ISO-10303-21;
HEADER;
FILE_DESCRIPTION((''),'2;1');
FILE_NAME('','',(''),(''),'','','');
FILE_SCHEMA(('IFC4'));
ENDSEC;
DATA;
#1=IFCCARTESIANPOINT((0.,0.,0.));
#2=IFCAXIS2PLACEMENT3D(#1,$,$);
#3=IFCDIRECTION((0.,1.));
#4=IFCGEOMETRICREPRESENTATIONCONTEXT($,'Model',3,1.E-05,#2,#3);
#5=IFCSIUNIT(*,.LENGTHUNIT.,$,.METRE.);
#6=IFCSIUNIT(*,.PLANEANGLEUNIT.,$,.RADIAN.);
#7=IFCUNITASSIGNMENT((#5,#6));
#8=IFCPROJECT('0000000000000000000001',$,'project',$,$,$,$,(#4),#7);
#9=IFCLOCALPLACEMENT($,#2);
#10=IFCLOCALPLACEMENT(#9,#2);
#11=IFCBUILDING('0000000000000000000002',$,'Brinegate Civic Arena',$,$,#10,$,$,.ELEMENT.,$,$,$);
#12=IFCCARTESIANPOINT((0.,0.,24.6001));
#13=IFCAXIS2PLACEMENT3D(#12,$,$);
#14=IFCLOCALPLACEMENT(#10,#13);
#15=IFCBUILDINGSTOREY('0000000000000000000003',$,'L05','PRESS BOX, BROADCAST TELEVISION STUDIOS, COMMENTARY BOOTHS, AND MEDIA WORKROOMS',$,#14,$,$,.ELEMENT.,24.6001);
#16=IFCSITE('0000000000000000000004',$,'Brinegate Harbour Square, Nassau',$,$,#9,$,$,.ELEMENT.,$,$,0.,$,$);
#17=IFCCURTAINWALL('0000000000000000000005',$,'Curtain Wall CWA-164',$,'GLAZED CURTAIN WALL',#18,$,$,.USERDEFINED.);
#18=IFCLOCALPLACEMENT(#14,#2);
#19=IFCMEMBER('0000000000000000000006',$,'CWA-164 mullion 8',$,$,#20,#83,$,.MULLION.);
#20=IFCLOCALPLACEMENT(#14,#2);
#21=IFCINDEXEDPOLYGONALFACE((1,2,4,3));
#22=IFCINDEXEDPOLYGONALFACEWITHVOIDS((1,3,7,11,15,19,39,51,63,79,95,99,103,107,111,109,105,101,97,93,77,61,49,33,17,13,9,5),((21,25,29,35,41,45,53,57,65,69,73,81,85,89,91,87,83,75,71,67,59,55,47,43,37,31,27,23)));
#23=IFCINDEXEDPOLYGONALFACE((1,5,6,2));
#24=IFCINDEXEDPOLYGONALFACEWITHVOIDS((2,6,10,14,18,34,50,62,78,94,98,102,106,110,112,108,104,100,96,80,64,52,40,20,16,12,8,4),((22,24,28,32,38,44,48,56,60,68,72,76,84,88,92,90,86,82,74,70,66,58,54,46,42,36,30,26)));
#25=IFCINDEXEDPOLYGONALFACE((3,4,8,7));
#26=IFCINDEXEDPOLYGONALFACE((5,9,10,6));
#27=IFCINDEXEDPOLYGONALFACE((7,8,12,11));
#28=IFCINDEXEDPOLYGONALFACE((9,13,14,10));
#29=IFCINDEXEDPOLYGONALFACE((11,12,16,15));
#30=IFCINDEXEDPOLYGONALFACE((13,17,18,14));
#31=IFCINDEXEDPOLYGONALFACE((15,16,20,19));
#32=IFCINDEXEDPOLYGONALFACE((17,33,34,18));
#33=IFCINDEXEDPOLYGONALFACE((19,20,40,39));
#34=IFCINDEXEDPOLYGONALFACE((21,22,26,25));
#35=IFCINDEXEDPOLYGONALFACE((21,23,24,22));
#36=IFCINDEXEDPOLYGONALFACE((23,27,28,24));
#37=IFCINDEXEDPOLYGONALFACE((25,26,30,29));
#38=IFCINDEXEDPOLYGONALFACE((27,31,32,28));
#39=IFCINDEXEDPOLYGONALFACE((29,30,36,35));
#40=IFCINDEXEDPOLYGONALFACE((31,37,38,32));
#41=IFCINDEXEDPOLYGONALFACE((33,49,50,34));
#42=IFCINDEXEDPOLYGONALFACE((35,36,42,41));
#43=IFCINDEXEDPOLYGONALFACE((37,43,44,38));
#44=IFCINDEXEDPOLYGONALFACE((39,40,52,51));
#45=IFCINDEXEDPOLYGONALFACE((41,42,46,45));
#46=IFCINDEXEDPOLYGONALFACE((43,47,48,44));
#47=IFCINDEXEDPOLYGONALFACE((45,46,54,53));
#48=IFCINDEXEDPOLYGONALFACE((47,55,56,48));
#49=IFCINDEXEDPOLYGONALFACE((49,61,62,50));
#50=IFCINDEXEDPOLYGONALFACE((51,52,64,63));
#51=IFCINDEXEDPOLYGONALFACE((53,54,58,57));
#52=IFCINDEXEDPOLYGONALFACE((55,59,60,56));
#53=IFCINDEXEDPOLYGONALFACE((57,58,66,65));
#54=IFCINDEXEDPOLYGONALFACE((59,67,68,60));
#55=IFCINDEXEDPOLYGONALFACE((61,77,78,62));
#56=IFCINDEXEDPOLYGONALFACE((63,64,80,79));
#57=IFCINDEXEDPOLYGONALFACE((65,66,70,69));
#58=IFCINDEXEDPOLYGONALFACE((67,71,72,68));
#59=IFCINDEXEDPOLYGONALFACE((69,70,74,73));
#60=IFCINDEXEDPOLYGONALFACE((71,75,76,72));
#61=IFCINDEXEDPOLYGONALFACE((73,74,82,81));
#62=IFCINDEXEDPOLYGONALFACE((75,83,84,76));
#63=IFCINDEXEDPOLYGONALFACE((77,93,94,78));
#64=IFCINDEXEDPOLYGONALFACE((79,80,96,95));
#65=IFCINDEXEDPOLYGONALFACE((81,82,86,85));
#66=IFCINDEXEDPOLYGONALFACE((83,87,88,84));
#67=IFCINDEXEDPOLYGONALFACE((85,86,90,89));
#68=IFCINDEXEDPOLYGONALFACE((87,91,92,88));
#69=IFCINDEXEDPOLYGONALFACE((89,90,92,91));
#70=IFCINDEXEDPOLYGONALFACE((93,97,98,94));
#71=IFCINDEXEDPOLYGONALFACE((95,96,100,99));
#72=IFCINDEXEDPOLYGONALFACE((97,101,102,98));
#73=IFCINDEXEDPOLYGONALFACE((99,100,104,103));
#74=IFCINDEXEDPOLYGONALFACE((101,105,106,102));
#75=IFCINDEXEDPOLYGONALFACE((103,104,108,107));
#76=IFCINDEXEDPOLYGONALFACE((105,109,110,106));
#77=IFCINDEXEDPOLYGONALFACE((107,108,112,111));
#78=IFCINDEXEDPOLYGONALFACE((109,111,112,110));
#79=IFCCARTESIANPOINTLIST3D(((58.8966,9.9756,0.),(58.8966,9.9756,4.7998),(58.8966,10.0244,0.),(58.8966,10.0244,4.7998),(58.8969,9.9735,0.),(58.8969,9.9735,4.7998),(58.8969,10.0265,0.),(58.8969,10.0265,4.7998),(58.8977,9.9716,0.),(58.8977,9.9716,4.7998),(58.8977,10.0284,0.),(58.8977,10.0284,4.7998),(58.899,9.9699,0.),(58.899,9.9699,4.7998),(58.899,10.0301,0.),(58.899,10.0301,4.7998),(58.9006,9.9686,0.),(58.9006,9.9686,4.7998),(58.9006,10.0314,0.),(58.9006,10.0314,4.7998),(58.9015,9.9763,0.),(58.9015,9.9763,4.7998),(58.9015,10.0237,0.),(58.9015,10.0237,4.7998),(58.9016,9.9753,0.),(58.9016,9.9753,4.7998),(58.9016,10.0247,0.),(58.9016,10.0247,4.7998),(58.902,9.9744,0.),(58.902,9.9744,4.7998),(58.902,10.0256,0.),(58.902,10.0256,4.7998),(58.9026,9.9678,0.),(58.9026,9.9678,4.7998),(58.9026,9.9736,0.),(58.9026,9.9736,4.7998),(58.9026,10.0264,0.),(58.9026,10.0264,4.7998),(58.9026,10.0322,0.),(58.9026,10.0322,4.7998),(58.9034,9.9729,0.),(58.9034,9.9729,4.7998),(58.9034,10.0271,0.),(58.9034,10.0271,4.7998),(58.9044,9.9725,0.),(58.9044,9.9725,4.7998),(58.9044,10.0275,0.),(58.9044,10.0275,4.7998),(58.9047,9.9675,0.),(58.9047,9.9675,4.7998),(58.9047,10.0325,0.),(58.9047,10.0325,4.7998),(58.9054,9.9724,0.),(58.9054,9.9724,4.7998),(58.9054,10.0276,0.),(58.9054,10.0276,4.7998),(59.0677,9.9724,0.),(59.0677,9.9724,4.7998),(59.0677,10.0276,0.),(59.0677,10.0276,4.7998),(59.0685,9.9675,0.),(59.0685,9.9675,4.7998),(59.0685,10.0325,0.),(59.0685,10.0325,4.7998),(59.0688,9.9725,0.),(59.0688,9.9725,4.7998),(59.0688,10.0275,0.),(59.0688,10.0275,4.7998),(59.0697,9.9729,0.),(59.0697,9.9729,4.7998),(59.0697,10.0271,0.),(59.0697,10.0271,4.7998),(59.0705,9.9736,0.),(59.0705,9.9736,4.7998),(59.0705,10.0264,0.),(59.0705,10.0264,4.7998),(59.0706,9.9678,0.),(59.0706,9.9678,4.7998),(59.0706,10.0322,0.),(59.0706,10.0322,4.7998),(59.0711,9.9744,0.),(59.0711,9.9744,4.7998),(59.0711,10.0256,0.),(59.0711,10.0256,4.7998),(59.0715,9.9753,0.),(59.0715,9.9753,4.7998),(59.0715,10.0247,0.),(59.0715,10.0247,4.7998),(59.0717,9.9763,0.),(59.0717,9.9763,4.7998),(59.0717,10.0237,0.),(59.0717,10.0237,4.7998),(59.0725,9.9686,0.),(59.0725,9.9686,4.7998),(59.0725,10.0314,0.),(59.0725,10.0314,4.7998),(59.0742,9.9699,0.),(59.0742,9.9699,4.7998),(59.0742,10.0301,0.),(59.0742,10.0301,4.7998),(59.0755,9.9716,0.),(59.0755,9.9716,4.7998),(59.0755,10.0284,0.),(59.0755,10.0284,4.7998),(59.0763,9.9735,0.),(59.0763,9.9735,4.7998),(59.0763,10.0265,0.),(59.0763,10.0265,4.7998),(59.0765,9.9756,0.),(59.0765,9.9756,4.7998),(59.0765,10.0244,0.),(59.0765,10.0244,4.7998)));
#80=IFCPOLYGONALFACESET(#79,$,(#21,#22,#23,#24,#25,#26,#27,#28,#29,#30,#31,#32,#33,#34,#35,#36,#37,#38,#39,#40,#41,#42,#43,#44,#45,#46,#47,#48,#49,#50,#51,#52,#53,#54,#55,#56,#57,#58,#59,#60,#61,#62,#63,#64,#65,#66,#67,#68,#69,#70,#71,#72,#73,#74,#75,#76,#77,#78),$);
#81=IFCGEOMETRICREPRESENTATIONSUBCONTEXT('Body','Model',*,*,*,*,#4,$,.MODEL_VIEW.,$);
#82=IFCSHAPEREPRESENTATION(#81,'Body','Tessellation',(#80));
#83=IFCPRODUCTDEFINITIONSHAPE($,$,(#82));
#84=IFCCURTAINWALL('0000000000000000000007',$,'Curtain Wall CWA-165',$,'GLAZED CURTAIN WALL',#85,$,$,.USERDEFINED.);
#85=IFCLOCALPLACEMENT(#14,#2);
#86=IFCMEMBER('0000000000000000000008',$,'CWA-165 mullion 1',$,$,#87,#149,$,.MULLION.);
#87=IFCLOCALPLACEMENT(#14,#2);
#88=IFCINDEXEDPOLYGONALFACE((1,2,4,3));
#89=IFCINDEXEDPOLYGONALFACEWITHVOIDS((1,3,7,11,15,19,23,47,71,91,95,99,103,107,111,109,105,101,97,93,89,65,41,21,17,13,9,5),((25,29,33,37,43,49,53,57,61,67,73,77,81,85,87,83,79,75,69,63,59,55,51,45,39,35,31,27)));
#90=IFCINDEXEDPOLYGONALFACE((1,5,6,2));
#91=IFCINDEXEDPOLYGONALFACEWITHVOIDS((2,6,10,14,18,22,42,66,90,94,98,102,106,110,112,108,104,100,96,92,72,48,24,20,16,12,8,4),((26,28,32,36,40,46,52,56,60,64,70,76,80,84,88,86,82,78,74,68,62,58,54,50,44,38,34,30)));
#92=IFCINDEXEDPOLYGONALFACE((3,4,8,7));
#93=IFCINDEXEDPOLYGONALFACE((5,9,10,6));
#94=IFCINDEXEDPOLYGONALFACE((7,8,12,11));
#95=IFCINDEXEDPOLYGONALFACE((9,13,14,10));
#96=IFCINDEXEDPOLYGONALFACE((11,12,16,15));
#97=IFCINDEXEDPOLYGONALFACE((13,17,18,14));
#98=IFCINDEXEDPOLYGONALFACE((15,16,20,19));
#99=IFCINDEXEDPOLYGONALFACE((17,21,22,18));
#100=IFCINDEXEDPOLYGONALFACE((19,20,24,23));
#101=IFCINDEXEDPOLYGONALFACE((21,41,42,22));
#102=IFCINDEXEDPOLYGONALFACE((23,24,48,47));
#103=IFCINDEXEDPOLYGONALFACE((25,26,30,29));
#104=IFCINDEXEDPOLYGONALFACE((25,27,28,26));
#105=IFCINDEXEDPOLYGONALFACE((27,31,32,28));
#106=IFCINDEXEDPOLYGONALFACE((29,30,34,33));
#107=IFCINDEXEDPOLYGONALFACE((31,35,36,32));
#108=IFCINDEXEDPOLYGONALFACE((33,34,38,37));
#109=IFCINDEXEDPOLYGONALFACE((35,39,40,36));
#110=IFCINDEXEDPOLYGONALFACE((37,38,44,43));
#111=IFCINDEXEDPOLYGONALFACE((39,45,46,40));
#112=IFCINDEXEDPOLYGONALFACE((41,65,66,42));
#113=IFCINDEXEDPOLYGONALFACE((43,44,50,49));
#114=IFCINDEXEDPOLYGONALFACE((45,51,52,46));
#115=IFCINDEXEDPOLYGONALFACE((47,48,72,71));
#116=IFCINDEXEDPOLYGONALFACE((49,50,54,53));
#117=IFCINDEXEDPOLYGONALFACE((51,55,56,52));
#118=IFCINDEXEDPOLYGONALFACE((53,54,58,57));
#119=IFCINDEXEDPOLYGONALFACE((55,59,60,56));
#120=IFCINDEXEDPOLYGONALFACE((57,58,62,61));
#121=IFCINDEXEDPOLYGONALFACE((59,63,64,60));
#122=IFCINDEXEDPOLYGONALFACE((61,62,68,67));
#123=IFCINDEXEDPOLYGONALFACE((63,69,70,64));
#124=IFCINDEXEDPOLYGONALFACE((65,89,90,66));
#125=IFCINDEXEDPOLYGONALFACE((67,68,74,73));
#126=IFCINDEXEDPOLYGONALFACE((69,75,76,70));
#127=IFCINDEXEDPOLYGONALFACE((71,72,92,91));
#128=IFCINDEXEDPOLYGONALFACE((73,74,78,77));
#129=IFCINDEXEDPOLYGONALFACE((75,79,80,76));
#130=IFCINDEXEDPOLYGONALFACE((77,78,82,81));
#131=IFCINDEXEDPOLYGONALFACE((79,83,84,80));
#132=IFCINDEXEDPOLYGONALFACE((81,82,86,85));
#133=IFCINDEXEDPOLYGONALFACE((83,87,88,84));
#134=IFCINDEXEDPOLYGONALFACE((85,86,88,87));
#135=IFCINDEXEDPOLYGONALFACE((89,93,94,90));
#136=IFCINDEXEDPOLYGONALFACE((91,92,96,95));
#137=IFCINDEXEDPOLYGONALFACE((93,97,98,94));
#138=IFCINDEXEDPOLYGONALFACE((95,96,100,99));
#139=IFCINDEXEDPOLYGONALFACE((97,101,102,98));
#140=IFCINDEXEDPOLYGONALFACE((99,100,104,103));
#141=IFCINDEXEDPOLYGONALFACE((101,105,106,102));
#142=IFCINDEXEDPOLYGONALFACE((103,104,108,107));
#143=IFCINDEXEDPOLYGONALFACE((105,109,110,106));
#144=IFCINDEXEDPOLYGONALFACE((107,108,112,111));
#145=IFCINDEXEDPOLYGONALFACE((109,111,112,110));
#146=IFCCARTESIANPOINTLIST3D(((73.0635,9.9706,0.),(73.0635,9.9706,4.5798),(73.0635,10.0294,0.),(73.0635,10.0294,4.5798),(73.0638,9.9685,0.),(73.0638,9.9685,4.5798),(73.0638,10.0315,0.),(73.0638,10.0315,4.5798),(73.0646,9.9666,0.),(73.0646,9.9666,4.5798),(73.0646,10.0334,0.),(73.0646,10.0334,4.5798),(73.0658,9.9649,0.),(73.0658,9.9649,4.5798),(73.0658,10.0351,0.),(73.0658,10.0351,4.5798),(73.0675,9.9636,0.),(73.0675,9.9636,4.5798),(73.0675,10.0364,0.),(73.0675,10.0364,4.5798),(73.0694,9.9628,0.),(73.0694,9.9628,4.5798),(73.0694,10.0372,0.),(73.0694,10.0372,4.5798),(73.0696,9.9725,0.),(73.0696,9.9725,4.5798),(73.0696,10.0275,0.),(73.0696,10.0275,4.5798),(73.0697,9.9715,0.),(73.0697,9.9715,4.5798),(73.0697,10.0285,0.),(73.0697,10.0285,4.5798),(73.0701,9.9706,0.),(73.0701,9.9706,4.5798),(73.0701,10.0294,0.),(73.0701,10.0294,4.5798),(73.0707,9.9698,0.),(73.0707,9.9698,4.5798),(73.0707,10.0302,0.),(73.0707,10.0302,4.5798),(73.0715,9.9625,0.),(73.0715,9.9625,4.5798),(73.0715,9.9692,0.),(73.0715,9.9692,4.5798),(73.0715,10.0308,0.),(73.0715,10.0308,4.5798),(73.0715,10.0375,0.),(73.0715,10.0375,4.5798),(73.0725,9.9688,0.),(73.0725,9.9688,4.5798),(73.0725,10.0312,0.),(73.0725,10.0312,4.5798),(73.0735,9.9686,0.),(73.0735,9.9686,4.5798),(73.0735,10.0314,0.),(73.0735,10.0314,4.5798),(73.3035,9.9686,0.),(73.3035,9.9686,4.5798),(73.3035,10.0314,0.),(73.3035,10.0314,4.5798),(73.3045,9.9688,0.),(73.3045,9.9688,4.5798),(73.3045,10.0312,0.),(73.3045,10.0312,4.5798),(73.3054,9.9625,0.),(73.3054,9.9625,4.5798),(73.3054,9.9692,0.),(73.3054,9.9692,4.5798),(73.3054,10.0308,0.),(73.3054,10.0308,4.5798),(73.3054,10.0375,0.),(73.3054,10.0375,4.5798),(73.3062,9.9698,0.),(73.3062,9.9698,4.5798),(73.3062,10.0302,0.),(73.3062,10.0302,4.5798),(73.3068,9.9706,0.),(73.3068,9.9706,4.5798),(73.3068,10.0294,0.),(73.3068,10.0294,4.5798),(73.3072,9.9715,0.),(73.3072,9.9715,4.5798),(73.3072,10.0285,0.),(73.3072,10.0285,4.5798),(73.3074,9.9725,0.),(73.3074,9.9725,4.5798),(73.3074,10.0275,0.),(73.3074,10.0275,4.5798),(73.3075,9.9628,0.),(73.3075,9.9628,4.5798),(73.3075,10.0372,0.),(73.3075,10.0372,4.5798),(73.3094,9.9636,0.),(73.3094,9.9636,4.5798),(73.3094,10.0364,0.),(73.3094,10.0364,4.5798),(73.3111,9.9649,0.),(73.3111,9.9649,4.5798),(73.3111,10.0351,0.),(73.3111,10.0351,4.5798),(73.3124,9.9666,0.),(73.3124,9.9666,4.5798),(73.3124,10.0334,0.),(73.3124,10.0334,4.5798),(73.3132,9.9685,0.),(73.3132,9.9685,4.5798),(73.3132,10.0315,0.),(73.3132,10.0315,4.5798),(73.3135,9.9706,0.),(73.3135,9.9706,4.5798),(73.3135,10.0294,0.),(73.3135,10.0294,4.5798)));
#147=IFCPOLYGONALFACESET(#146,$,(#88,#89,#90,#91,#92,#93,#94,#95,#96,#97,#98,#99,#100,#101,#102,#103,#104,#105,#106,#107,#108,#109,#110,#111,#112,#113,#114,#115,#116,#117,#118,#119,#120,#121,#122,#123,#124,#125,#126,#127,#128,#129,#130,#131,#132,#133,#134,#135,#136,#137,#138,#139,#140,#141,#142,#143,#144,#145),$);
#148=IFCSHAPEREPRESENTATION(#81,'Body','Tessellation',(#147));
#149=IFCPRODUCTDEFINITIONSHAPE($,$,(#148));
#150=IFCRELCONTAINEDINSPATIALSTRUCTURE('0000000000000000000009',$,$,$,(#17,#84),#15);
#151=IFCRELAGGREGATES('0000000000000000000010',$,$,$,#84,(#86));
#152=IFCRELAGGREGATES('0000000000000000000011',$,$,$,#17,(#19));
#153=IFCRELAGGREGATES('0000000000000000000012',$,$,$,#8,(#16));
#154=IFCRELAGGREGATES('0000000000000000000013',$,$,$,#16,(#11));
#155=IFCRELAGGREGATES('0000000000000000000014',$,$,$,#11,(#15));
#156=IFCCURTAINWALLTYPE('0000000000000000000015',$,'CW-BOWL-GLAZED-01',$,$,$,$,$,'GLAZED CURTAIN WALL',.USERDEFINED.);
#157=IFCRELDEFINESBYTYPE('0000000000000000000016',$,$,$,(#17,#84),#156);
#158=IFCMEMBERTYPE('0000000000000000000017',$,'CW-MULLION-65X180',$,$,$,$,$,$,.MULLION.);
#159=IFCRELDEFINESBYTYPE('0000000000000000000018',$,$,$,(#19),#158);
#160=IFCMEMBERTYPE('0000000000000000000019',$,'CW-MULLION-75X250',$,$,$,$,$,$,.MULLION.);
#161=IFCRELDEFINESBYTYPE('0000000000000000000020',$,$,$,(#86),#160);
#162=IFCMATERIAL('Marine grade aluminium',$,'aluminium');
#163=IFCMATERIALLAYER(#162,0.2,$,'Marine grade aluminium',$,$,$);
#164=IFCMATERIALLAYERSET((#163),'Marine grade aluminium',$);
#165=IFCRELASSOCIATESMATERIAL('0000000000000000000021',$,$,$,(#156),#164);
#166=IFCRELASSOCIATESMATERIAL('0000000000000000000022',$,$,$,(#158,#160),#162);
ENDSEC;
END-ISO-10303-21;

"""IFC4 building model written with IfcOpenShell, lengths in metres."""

from ifc_helpers import new_model, si_unit, direction, frame, origin, origin_2d, place, context, subcontext, project, spatial, hollow_rectangle, extrude, material, layer, layer_set, material_profile, profile_set, type_object, element, aggregate, save


model = new_model("IFC4")

# Units and contexts
model_context = context("Model", 3, precision=1e-05, world=origin(), true_north=direction((0.0, 1.0)))
body_context = subcontext(model_context, "Body", "Model", "MODEL_VIEW")
ifc_project = project(units=[si_unit("LENGTHUNIT", "METRE"), si_unit("PLANEANGLEUNIT", "RADIAN")], contexts=[model_context])

# Site, building, storey
site_placement = place(None, origin())
site = spatial("IfcSite", under=ifc_project, at=site_placement, Name="Brinegate Harbour Square, Nassau", CompositionType="ELEMENT", RefElevation=0.0)
building_placement = place(site_placement, origin())
building = spatial("IfcBuilding", under=site, at=building_placement, Name="Brinegate Civic Arena", CompositionType="ELEMENT")
storey_placement = place(building_placement, frame((0.0, 0.0, 24.6001)))
storey = spatial("IfcBuildingStorey", under=building, at=storey_placement, Name="L05", Description="PRESS BOX, BROADCAST TELEVISION STUDIOS, COMMENTARY BOOTHS, AND MEDIA WORKROOMS", CompositionType="ELEMENT", Elevation=24.6001)

# Curtain walls, members
ifc_material_1 = material(Name="Marine grade aluminium", Category="aluminium")
ifc_layer_1 = layer(ifc_material_1, 0.2, Name="Marine grade aluminium")
ifc_layer_set_1 = layer_set([ifc_layer_1], Name="Marine grade aluminium")
curtain_wall_type = type_object("IfcCurtainWallType", Name="CW-BOWL-GLAZED-01", ElementType="GLAZED CURTAIN WALL", PredefinedType="USERDEFINED", material=ifc_layer_set_1)
curtain_wall_1_placement = place(storey_placement, origin())
curtain_wall_1 = element("IfcCurtainWall", 1, at=curtain_wall_1_placement, inside=storey, type_object=curtain_wall_type, Name="Curtain Wall CWA-164", ObjectType="GLAZED CURTAIN WALL", PredefinedType="USERDEFINED")
ifc_material_profile_1 = material_profile(ifc_material_1, hollow_rectangle(XDim=0.0649, YDim=0.1799, WallThickness=0.0049, InnerFilletRadius=0.0039, OuterFilletRadius=0.0081, at=origin_2d()), Name="MUL65X180")
ifc_profile_set_1 = profile_set([ifc_material_profile_1], Name="Marine grade aluminium")
member_type_1 = type_object("IfcMemberType", Name="CW-MULLION-65X180", PredefinedType="MULLION", material=ifc_profile_set_1)
member_1_placement = place(storey_placement, frame((58.9866, 10.0, 0.0), z_axis=(0.0, 0.0, 1.0), x_axis=(0.0, 1.0, 0.0)))
member_1 = element("IfcMember", 2, at=member_1_placement, type_object=member_type_1, Name="CWA-164 mullion 8", PredefinedType="MULLION", context=body_context, shape_type="SweptSolid", body=[
    extrude(hollow_rectangle(XDim=0.0649, YDim=0.1799, WallThickness=0.0049, InnerFilletRadius=0.0039, OuterFilletRadius=0.0081, at=origin_2d()), origin(), (0.0, 0.0, 1.0), 4.7998),
])
curtain_wall_2_placement = place(storey_placement, origin())
curtain_wall_2 = element("IfcCurtainWall", 3, at=curtain_wall_2_placement, inside=storey, type_object=curtain_wall_type, Name="Curtain Wall CWA-165", ObjectType="GLAZED CURTAIN WALL", PredefinedType="USERDEFINED")
ifc_material_profile_2 = material_profile(ifc_material_1, hollow_rectangle(XDim=0.075, YDim=0.25, WallThickness=0.0061, InnerFilletRadius=0.0039, OuterFilletRadius=0.0081, at=origin_2d()), Name="MUL75X250")
ifc_profile_set_2 = profile_set([ifc_material_profile_2], Name="Marine grade aluminium")
member_type_2 = type_object("IfcMemberType", Name="CW-MULLION-75X250", PredefinedType="MULLION", material=ifc_profile_set_2)
member_2_placement = place(storey_placement, frame((73.1885, 10.0, 0.0), z_axis=(0.0, 0.0, 1.0), x_axis=(0.0, 1.0, 0.0)))
member_2 = element("IfcMember", 4, at=member_2_placement, type_object=member_type_2, Name="CWA-165 mullion 1", PredefinedType="MULLION", context=body_context, shape_type="SweptSolid", body=[
    extrude(hollow_rectangle(XDim=0.075, YDim=0.25, WallThickness=0.0061, InnerFilletRadius=0.0039, OuterFilletRadius=0.0081, at=origin_2d()), origin(), (0.0, 0.0, 1.0), 4.5798),
])
aggregate(curtain_wall_2, [member_2])

aggregate(curtain_wall_1, [member_1])

save(model, "model.ifc")
